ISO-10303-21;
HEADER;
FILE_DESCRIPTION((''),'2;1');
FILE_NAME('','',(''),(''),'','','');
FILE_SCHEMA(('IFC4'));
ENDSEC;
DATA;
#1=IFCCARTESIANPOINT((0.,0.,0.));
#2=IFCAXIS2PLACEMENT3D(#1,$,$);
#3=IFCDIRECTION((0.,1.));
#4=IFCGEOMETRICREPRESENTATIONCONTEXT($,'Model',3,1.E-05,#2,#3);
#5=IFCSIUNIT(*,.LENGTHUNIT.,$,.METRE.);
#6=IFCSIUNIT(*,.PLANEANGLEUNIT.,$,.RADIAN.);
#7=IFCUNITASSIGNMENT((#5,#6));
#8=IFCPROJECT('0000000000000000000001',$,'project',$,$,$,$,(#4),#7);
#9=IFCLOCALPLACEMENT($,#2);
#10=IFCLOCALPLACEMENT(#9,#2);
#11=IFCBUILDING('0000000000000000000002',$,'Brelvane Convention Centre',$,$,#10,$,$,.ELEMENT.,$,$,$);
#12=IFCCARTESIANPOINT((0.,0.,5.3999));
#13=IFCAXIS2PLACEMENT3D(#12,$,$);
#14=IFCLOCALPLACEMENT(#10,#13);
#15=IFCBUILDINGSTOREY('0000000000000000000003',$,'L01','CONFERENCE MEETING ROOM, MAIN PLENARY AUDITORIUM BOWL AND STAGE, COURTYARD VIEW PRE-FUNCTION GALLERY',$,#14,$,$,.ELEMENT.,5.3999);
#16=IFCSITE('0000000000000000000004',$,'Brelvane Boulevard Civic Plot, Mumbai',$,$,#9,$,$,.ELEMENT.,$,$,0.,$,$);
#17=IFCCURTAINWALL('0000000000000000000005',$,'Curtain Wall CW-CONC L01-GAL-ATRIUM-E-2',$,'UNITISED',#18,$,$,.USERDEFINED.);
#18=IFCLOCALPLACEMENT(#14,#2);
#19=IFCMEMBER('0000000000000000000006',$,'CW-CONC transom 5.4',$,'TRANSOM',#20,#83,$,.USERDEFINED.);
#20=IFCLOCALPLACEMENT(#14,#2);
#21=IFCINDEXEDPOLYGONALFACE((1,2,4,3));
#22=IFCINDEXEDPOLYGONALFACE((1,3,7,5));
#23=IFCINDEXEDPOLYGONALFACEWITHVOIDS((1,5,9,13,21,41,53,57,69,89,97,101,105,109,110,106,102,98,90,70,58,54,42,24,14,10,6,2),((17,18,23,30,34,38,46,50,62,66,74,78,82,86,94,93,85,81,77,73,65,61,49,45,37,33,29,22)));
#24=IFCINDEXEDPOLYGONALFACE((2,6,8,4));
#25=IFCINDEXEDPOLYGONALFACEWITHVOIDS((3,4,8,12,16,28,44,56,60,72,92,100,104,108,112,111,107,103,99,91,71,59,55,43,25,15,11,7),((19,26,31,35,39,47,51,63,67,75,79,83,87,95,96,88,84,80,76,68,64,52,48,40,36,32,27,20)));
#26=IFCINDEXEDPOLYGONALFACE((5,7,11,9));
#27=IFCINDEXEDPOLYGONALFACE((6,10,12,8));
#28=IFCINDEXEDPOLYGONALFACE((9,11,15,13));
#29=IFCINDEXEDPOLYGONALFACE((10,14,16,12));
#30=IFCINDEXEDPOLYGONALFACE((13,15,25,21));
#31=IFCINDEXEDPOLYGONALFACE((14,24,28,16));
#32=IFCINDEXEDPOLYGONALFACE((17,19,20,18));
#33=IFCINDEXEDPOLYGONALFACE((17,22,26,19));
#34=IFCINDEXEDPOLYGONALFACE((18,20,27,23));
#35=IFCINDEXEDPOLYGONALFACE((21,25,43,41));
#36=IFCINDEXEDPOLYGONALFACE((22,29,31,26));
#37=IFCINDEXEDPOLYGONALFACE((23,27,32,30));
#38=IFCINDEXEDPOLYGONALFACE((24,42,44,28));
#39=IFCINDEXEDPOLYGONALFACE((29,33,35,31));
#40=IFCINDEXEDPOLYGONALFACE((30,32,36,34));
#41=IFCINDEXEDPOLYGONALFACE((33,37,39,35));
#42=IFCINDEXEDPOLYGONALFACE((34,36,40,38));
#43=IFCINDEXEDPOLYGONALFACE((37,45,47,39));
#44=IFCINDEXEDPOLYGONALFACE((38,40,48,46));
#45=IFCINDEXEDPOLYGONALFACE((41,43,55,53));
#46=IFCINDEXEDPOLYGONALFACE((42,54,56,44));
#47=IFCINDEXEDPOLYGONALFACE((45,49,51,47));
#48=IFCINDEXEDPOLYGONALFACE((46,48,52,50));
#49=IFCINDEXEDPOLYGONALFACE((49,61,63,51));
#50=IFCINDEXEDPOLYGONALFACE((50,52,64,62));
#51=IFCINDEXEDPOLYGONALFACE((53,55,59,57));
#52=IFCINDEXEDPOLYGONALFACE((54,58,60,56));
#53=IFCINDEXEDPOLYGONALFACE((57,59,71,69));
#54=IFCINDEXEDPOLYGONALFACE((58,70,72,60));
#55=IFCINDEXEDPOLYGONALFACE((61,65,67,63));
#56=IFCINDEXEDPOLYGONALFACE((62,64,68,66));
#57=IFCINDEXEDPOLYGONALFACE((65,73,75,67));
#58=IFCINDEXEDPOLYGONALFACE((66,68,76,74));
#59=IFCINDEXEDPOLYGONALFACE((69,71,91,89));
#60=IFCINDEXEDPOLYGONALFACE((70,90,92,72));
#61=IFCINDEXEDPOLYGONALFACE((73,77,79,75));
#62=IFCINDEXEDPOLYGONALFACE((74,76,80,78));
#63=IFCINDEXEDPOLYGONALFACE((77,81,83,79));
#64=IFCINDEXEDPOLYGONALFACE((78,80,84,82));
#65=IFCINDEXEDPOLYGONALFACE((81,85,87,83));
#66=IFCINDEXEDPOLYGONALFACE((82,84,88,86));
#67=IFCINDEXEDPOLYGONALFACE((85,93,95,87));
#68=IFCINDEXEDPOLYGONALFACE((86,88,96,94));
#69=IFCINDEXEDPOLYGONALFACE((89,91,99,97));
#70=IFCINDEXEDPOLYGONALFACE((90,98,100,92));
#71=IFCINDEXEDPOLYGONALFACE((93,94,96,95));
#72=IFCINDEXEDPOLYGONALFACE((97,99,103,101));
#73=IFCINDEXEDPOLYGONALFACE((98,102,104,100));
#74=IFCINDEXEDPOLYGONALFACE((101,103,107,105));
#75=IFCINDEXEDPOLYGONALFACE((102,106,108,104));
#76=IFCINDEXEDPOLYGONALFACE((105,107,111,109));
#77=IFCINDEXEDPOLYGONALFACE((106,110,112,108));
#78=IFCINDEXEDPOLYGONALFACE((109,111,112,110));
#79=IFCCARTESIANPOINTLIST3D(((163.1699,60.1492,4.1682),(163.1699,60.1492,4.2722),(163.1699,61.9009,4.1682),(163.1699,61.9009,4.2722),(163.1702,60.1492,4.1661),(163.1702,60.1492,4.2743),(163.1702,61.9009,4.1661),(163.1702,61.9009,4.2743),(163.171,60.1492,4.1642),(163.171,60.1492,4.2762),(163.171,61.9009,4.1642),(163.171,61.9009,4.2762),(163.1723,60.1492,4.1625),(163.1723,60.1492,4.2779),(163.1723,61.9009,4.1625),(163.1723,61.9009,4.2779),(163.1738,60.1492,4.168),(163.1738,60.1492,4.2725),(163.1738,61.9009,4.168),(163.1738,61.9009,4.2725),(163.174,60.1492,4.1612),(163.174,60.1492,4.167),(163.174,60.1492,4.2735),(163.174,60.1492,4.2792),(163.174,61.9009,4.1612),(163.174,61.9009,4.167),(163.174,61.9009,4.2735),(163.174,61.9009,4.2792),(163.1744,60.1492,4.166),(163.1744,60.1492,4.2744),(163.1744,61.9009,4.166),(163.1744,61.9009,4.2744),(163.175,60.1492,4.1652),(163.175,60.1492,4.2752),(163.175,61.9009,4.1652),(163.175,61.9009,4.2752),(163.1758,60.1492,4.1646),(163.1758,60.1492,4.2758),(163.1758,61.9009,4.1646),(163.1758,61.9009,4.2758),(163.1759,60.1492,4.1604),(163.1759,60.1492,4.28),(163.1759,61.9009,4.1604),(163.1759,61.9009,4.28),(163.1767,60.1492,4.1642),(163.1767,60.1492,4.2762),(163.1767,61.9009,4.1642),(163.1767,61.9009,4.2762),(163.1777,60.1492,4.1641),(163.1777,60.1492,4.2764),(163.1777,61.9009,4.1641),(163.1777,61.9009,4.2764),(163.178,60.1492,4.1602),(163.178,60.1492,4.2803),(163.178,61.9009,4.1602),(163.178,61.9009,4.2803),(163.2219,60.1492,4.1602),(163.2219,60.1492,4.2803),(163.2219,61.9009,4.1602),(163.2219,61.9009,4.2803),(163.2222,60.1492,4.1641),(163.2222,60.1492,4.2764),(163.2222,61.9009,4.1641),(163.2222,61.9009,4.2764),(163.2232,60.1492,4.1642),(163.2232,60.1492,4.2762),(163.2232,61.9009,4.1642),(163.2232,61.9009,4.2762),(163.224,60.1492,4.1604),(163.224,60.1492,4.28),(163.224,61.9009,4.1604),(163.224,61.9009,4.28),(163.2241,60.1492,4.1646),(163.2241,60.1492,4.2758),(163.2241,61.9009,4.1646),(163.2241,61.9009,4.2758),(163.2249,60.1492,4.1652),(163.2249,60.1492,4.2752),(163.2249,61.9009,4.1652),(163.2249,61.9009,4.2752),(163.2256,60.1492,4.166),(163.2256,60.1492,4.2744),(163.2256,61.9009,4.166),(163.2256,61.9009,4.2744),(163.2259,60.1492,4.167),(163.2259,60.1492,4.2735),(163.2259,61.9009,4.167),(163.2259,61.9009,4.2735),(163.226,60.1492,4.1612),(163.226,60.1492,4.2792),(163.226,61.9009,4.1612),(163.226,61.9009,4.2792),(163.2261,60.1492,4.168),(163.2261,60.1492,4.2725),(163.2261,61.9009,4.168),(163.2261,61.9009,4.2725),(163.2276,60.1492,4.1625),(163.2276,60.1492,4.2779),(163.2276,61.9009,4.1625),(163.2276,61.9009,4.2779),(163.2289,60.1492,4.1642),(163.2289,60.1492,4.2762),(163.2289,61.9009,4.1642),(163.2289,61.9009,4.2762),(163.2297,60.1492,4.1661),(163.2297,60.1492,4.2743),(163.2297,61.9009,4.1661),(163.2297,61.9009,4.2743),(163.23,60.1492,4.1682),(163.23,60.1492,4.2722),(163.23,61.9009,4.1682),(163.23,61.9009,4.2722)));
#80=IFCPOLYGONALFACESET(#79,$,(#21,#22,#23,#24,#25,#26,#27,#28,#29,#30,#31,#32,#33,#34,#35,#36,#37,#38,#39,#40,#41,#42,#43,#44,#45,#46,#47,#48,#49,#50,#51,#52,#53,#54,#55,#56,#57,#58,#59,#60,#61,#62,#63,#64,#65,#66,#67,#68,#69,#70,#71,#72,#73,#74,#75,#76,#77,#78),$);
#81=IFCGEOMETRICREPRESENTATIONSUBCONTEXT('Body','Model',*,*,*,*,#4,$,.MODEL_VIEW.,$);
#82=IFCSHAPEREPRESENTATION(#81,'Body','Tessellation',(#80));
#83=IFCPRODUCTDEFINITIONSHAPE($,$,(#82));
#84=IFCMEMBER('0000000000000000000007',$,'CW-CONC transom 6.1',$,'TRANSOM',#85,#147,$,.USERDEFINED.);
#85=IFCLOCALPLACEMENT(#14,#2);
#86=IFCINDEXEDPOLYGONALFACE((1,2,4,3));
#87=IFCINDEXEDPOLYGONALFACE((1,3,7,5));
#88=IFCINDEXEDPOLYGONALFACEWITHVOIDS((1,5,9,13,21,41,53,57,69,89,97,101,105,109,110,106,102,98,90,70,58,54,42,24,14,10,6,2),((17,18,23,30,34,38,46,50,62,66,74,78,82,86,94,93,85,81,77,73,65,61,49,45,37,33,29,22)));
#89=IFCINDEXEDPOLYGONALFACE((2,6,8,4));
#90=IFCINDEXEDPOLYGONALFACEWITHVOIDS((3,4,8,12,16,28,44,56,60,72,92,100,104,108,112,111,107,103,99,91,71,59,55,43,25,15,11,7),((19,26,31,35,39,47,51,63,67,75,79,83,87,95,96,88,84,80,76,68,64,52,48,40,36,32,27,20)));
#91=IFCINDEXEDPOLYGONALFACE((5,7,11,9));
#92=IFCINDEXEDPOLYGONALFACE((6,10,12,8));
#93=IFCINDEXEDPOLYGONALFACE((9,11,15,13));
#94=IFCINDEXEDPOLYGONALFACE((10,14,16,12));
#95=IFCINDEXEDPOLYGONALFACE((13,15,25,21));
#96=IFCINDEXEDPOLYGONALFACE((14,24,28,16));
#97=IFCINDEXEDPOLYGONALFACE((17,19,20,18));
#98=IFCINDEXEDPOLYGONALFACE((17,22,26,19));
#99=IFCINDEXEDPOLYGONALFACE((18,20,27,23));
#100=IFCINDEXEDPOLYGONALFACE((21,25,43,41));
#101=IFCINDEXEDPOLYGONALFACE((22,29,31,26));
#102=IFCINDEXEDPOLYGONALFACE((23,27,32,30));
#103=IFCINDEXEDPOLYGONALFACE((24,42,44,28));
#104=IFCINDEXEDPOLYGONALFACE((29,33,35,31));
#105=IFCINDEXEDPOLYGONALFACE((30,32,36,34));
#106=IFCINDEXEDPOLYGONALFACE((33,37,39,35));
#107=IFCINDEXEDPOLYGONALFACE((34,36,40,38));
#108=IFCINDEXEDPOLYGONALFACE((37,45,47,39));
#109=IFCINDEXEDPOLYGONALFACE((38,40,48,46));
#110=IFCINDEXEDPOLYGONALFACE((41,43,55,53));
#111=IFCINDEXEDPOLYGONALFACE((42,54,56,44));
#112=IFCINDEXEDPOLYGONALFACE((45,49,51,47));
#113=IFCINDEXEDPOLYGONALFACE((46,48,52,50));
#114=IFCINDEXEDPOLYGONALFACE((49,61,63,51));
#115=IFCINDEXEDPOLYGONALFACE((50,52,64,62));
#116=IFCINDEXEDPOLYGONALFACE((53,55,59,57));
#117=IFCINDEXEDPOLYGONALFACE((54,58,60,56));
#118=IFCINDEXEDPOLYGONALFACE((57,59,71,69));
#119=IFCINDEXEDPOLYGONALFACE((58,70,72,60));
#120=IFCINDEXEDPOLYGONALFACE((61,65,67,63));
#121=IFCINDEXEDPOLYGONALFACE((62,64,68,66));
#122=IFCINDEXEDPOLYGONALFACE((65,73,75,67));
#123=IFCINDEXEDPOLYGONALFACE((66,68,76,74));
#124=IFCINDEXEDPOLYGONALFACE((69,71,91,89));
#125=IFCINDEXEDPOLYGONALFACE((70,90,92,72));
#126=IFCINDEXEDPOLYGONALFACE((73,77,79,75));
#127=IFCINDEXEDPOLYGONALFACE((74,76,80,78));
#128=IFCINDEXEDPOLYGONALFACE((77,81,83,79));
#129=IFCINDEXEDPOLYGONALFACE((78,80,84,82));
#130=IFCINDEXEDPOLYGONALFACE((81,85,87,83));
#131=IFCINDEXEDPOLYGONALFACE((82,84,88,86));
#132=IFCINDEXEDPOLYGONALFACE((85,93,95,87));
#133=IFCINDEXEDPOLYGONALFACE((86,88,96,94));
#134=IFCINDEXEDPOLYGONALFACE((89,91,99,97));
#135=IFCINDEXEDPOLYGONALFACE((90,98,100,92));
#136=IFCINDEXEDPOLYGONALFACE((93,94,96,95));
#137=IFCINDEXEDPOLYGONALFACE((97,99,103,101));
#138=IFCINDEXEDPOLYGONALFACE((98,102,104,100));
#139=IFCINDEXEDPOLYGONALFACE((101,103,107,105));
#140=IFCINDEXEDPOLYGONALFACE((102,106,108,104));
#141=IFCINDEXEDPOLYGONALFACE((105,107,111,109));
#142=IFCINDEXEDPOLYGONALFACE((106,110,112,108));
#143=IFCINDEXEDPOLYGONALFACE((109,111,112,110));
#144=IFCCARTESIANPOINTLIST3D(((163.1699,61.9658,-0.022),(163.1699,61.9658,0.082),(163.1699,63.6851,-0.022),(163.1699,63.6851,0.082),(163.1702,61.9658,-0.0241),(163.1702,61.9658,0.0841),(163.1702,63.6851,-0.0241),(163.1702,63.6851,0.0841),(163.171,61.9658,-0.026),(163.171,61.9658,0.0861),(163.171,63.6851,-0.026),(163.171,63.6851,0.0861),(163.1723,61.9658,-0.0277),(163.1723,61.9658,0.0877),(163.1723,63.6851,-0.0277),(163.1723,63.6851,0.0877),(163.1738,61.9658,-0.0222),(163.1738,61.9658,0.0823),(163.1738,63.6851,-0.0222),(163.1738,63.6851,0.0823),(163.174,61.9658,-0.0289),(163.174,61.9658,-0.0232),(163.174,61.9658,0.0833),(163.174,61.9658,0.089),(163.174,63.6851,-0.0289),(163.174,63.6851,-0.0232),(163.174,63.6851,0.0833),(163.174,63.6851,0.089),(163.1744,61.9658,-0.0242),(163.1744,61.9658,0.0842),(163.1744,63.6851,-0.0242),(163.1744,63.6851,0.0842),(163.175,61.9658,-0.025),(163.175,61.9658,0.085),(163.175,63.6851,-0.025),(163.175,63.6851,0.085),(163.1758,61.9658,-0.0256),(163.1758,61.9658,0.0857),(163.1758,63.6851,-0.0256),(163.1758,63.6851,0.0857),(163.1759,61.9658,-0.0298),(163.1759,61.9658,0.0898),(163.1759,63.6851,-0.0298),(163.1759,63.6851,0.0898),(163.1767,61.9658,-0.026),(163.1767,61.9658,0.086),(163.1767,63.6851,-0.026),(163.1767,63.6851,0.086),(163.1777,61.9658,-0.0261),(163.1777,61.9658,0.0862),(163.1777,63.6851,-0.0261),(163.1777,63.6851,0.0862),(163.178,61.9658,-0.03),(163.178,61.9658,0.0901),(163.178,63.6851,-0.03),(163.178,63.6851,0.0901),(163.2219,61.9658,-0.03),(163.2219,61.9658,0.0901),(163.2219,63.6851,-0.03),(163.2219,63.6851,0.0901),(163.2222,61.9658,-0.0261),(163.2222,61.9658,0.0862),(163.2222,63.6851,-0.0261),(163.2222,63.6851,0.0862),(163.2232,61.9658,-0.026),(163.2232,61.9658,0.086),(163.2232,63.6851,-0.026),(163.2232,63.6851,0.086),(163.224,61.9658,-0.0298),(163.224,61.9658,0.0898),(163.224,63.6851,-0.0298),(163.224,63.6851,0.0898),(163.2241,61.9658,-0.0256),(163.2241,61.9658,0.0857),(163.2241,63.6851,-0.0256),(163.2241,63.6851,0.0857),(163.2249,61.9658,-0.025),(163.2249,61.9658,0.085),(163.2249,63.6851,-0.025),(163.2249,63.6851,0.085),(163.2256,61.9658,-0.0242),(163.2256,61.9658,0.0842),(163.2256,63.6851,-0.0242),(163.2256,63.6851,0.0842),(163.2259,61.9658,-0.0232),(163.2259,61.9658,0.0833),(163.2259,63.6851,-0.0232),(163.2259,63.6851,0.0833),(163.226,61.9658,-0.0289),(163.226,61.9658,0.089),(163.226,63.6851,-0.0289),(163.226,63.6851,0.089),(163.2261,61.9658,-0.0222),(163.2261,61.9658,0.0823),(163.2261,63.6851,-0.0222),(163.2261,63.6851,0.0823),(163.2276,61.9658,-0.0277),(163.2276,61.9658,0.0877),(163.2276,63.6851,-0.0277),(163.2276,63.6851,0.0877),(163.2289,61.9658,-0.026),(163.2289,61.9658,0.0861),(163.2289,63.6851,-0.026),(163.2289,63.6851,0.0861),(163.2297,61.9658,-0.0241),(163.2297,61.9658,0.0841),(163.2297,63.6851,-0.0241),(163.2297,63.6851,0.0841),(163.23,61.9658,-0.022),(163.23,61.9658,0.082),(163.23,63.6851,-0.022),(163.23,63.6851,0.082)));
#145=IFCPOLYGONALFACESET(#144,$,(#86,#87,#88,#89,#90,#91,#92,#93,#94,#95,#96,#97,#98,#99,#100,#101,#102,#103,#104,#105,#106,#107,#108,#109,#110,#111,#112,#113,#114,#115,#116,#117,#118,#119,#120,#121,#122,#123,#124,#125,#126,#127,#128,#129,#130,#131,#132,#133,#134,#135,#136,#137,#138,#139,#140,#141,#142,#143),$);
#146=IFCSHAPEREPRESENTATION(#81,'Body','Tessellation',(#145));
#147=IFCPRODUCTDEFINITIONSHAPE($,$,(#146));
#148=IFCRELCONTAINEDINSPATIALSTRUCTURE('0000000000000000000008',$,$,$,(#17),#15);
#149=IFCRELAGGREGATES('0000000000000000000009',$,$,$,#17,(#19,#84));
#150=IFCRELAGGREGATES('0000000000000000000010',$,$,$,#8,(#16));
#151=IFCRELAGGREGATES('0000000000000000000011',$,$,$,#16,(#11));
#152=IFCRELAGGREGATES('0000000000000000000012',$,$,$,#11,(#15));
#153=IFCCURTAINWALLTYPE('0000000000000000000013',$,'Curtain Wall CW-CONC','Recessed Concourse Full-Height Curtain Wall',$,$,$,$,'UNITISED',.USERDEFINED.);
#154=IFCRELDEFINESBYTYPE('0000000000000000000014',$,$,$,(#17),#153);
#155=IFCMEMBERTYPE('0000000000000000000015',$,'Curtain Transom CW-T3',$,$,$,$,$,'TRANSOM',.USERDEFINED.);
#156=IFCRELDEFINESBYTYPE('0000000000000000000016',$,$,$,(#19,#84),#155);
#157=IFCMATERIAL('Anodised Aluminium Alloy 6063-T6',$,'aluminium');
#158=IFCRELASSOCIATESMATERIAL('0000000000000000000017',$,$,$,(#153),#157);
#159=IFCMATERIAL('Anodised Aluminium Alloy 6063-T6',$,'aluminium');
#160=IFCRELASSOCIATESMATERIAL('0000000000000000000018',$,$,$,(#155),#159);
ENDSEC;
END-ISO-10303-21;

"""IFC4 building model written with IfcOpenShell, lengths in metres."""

from ifc_helpers import new_model, si_unit, direction, frame, origin, origin_2d, place, context, subcontext, project, spatial, hollow_rectangle, extrude, material, material_profile, profile_set, type_object, element, aggregate, save


model = new_model("IFC4")

# Units and contexts
model_context = context("Model", 3, precision=1e-05, world=origin(), true_north=direction((0.0, 1.0)))
body_context = subcontext(model_context, "Body", "Model", "MODEL_VIEW")
ifc_project = project(units=[si_unit("LENGTHUNIT", "METRE"), si_unit("PLANEANGLEUNIT", "RADIAN")], contexts=[model_context])

# Site, building, storey
site_placement = place(None, origin())
site = spatial("IfcSite", under=ifc_project, at=site_placement, Name="Brelvane Boulevard Civic Plot, Mumbai", CompositionType="ELEMENT", RefElevation=0.0)
building_placement = place(site_placement, origin())
building = spatial("IfcBuilding", under=site, at=building_placement, Name="Brelvane Convention Centre", CompositionType="ELEMENT")
storey_placement = place(building_placement, frame((0.0, 0.0, 5.3999)))
storey = spatial("IfcBuildingStorey", under=building, at=storey_placement, Name="L01", Description="CONFERENCE MEETING ROOM, MAIN PLENARY AUDITORIUM BOWL AND STAGE, COURTYARD VIEW PRE-FUNCTION GALLERY", CompositionType="ELEMENT", Elevation=5.3999)

# Curtain wall
ifc_material_1 = material(Name="Anodised Aluminium Alloy 6063-T6", Category="aluminium")
curtain_wall_type = type_object("IfcCurtainWallType", Name="Curtain Wall CW-CONC", Description="Recessed Concourse Full-Height Curtain Wall", ElementType="UNITISED", PredefinedType="USERDEFINED", material=ifc_material_1)
curtain_wall_1_placement = place(storey_placement, origin())
curtain_wall_1 = element("IfcCurtainWall", 1, at=curtain_wall_1_placement, inside=storey, type_object=curtain_wall_type, Name="Curtain Wall CW-CONC L01-GAL-ATRIUM-E-2", ObjectType="UNITISED", PredefinedType="USERDEFINED")

# Members
ifc_material_2 = material(Name="Anodised Aluminium Alloy 6063-T6", Category="aluminium")
ifc_material_profile_1 = material_profile(ifc_material_2, hollow_rectangle(XDim=0.0601, YDim=0.1201, WallThickness=0.0039, InnerFilletRadius=0.0039, OuterFilletRadius=0.0081, at=origin_2d()), Name="ALU-T 120x60x4.0")
ifc_profile_set_1 = profile_set([ifc_material_profile_1], Name="Anodised Aluminium Alloy 6063-T6")
member_type_1 = type_object("IfcMemberType", Name="Curtain Transom CW-T3", ElementType="TRANSOM", PredefinedType="USERDEFINED", material=ifc_profile_set_1)
member_1_placement = place(storey_placement, frame((163.2, 60.1492, 4.2202), z_axis=(0.0, 1.0, 0.0), x_axis=(-1.0, 0.0, 0.0)))
member_1 = element("IfcMember", 2, at=member_1_placement, type_object=member_type_1, Name="CW-CONC transom 5.4", ObjectType="TRANSOM", PredefinedType="USERDEFINED", context=body_context, shape_type="SweptSolid", body=[
    extrude(hollow_rectangle(XDim=0.0601, YDim=0.1201, WallThickness=0.0039, InnerFilletRadius=0.0039, OuterFilletRadius=0.0081, at=origin_2d()), origin(), (0.0, 0.0, 1.0), 1.7517),
])
member_2_placement = place(storey_placement, frame((163.2, 61.9658, 0.03), z_axis=(0.0, 1.0, 0.0), x_axis=(-1.0, 0.0, 0.0)))
member_2 = element("IfcMember", 3, at=member_2_placement, type_object=member_type_1, Name="CW-CONC transom 6.1", ObjectType="TRANSOM", PredefinedType="USERDEFINED", context=body_context, shape_type="SweptSolid", body=[
    extrude(hollow_rectangle(XDim=0.0601, YDim=0.1201, WallThickness=0.0039, InnerFilletRadius=0.0039, OuterFilletRadius=0.0081, at=origin_2d()), origin(), (0.0, 0.0, 1.0), 1.7192),
])

aggregate(curtain_wall_1, [member_1, member_2])

save(model, "model.ifc")
